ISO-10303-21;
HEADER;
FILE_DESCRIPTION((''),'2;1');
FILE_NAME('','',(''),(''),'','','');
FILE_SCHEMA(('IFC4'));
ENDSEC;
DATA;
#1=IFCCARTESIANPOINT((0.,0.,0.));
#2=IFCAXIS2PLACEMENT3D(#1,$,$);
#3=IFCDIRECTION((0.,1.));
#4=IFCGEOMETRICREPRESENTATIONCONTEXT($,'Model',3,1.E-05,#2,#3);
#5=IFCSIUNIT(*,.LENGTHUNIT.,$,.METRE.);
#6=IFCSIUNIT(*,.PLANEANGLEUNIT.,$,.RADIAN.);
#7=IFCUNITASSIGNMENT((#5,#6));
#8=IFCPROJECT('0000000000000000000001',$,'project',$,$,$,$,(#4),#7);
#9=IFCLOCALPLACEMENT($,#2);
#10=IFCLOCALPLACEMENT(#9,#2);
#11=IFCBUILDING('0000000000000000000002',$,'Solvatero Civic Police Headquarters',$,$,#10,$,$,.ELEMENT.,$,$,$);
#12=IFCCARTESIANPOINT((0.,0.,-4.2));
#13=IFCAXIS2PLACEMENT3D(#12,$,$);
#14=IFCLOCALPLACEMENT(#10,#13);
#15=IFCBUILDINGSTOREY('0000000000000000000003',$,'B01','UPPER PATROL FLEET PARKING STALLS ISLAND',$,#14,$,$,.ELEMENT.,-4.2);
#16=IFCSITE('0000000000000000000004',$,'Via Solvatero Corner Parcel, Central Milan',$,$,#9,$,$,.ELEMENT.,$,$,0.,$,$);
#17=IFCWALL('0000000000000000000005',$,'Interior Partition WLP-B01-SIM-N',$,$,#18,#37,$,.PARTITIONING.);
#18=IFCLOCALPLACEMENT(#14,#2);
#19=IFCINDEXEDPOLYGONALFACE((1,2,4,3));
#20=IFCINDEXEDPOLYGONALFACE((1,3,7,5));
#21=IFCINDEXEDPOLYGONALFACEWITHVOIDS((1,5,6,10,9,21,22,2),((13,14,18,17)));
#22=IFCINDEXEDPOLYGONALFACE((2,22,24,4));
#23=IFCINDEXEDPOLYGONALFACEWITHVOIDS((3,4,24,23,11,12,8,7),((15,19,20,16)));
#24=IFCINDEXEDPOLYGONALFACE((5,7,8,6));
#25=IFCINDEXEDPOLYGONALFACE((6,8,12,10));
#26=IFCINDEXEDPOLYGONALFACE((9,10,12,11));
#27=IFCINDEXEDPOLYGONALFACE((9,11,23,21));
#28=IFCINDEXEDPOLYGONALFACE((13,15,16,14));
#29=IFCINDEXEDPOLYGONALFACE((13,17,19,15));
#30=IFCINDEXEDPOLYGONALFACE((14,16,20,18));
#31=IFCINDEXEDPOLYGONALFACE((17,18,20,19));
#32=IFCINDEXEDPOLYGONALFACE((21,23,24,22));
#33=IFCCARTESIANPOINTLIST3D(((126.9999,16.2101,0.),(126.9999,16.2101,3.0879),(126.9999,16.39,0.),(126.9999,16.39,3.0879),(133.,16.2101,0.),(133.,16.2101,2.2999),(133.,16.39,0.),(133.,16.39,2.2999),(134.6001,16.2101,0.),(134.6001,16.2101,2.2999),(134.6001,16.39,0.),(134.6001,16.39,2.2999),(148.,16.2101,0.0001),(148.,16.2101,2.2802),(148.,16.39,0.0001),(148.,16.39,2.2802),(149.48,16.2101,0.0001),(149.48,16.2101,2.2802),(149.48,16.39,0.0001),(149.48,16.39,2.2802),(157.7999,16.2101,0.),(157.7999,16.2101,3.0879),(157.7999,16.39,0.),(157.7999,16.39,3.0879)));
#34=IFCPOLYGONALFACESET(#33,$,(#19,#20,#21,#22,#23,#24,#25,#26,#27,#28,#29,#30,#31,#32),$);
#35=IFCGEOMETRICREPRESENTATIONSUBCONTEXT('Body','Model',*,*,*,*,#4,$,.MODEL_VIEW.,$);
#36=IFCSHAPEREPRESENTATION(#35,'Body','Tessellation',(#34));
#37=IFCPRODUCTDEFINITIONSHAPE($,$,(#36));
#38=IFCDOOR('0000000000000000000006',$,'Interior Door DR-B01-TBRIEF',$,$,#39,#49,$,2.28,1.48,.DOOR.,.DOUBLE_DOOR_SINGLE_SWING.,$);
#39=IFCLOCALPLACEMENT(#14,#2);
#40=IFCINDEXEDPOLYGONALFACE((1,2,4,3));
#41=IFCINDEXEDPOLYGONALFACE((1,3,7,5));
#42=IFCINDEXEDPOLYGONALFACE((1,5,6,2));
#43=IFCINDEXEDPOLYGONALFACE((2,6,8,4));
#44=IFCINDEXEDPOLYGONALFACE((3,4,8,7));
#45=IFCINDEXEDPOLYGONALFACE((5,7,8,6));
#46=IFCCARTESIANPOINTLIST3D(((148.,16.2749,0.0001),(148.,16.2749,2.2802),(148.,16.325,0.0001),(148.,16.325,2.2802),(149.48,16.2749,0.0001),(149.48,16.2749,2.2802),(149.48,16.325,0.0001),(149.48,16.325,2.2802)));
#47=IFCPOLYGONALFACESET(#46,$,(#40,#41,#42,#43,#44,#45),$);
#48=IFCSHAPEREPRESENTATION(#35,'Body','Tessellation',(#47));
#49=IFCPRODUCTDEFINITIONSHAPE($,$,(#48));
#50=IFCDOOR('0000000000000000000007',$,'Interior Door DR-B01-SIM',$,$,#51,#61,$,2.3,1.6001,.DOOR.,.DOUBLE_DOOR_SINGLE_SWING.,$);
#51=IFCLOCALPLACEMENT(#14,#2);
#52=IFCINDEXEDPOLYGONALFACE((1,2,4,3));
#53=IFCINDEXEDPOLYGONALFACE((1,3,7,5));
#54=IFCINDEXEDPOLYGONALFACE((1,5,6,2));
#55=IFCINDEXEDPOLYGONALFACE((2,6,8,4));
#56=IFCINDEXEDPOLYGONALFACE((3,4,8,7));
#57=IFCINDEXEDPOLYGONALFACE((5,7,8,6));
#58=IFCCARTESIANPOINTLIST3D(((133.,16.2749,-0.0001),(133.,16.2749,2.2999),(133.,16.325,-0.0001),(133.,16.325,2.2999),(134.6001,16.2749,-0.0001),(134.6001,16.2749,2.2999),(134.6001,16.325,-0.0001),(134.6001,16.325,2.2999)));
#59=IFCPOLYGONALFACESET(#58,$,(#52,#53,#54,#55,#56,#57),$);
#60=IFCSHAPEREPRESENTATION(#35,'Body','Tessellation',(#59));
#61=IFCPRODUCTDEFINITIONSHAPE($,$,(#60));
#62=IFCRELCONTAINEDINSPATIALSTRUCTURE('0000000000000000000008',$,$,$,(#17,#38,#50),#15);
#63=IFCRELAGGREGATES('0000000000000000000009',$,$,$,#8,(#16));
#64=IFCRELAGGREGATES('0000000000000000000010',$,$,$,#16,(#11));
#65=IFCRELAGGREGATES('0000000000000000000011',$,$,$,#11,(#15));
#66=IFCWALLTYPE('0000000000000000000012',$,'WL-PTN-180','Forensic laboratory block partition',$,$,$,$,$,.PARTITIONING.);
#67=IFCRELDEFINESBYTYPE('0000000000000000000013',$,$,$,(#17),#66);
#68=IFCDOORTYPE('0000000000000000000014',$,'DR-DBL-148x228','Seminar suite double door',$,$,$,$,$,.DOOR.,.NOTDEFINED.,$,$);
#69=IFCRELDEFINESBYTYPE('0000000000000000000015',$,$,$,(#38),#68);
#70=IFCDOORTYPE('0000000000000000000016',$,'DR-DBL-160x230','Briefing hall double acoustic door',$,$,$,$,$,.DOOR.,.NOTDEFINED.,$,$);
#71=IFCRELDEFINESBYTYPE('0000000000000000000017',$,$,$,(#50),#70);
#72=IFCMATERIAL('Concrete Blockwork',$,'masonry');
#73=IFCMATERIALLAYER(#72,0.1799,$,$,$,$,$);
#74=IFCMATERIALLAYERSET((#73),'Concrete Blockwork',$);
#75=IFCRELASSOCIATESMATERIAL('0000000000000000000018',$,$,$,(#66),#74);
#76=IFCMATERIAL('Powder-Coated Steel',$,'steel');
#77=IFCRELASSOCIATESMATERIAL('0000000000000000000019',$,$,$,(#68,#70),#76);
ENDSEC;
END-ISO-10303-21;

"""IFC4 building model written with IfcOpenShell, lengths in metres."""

from ifc_helpers import new_model, si_unit, direction, frame, frame_2d, origin, place, context, subcontext, project, spatial, rectangle, extrude, material, layer, layer_set, type_object, element, fill, save


model = new_model("IFC4")

# Units and contexts
model_context = context("Model", 3, precision=1e-05, world=origin(), true_north=direction((0.0, 1.0)))
body_context = subcontext(model_context, "Body", "Model", "MODEL_VIEW")
ifc_project = project(units=[si_unit("LENGTHUNIT", "METRE"), si_unit("PLANEANGLEUNIT", "RADIAN")], contexts=[model_context])

# Site, building, storey
site_placement = place(None, origin())
site = spatial("IfcSite", under=ifc_project, at=site_placement, Name="Via Solvatero Corner Parcel, Central Milan", CompositionType="ELEMENT", RefElevation=0.0)
building_placement = place(site_placement, origin())
building = spatial("IfcBuilding", under=site, at=building_placement, Name="Solvatero Civic Police Headquarters", CompositionType="ELEMENT")
storey_placement = place(building_placement, frame((0.0, 0.0, -4.2)))
storey = spatial("IfcBuildingStorey", under=building, at=storey_placement, Name="B01", Description="UPPER PATROL FLEET PARKING STALLS ISLAND", CompositionType="ELEMENT", Elevation=-4.2)

# Wall, openings, doors
ifc_material_1 = material(Name="Concrete Blockwork", Category="masonry")
ifc_layer_1 = layer(ifc_material_1, 0.1799)
ifc_layer_set_1 = layer_set([ifc_layer_1], Name="Concrete Blockwork")
wall_type_1 = type_object("IfcWallType", Name="WL-PTN-180", Description="Forensic laboratory block partition", PredefinedType="PARTITIONING", material=ifc_layer_set_1)
wall_1_placement = place(storey_placement, frame((127.0, 16.3, 0.0), z_axis=(0.0, 0.0, 1.0), x_axis=(1.0, 0.0, 0.0)))
wall_1 = element("IfcWall", 1, at=wall_1_placement, inside=storey, type_object=wall_type_1, Name="Interior Partition WLP-B01-SIM-N", PredefinedType="PARTITIONING", context=body_context, shape_type="SweptSolid", body=[
    extrude(rectangle(XDim=30.8, YDim=0.1799, at=frame_2d((15.3999, 0.0))), origin(), (0.0, 0.0, 1.0), 3.0879),
])
opening_1_placement = place(wall_1_placement, frame((6.0, 0.0, 0.0)))
opening_1 = element("IfcOpeningElement", 2, at=opening_1_placement, cuts=wall_1, PredefinedType="OPENING", context=body_context, shape_type="SweptSolid", body=[
    extrude(rectangle(XDim=1.6001, YDim=2.3, at=frame_2d((0.8, 1.1499))), frame((0.0, 0.0999, 0.0), z_axis=(0.0, -1.0, 0.0), x_axis=(1.0, 0.0, 0.0)), (0.0, 0.0, 1.0), 0.2),
])
opening_2_placement = place(wall_1_placement, frame((21.0, 0.0, 0.0)))
opening_2 = element("IfcOpeningElement", 3, at=opening_2_placement, cuts=wall_1, PredefinedType="OPENING", context=body_context, shape_type="SweptSolid", body=[
    extrude(rectangle(XDim=1.48, YDim=2.28, at=frame_2d((0.74, 1.1401))), frame((0.0, 0.0999, 0.0), z_axis=(0.0, -1.0, 0.0), x_axis=(1.0, 0.0, 0.0)), (0.0, 0.0, 1.0), 0.2),
])
ifc_material_2 = material(Name="Powder-Coated Steel", Category="steel")
door_type_1 = type_object("IfcDoorType", Name="DR-DBL-148x228", Description="Seminar suite double door", OperationType="NOTDEFINED", PredefinedType="DOOR", material=ifc_material_2)
door_1_placement = place(opening_2_placement, origin())
door_1 = element("IfcDoor", 4, at=door_1_placement, inside=storey, type_object=door_type_1, Name="Interior Door DR-B01-TBRIEF", OperationType="DOUBLE_DOOR_SINGLE_SWING", OverallHeight=2.28, OverallWidth=1.48, PredefinedType="DOOR", context=body_context, shape_type="SweptSolid", body=[
    extrude(rectangle(XDim=1.48, YDim=2.28, at=frame_2d((0.74, 1.1401))), frame((0.0, 0.0249, 0.0), z_axis=(0.0, -1.0, 0.0), x_axis=(1.0, 0.0, 0.0)), (0.0, 0.0, 1.0), 0.05),
])
fill(opening_2, door_1)
door_type_2 = type_object("IfcDoorType", Name="DR-DBL-160x230", Description="Briefing hall double acoustic door", OperationType="NOTDEFINED", PredefinedType="DOOR", material=ifc_material_2)
door_2_placement = place(opening_1_placement, origin())
door_2 = element("IfcDoor", 5, at=door_2_placement, inside=storey, type_object=door_type_2, Name="Interior Door DR-B01-SIM", OperationType="DOUBLE_DOOR_SINGLE_SWING", OverallHeight=2.3, OverallWidth=1.6001, PredefinedType="DOOR", context=body_context, shape_type="SweptSolid", body=[
    extrude(rectangle(XDim=1.6001, YDim=2.3, at=frame_2d((0.8, 1.1499))), frame((0.0, 0.0249, 0.0), z_axis=(0.0, -1.0, 0.0), x_axis=(1.0, 0.0, 0.0)), (0.0, 0.0, 1.0), 0.05),
])
fill(opening_1, door_2)

save(model, "model.ifc")
